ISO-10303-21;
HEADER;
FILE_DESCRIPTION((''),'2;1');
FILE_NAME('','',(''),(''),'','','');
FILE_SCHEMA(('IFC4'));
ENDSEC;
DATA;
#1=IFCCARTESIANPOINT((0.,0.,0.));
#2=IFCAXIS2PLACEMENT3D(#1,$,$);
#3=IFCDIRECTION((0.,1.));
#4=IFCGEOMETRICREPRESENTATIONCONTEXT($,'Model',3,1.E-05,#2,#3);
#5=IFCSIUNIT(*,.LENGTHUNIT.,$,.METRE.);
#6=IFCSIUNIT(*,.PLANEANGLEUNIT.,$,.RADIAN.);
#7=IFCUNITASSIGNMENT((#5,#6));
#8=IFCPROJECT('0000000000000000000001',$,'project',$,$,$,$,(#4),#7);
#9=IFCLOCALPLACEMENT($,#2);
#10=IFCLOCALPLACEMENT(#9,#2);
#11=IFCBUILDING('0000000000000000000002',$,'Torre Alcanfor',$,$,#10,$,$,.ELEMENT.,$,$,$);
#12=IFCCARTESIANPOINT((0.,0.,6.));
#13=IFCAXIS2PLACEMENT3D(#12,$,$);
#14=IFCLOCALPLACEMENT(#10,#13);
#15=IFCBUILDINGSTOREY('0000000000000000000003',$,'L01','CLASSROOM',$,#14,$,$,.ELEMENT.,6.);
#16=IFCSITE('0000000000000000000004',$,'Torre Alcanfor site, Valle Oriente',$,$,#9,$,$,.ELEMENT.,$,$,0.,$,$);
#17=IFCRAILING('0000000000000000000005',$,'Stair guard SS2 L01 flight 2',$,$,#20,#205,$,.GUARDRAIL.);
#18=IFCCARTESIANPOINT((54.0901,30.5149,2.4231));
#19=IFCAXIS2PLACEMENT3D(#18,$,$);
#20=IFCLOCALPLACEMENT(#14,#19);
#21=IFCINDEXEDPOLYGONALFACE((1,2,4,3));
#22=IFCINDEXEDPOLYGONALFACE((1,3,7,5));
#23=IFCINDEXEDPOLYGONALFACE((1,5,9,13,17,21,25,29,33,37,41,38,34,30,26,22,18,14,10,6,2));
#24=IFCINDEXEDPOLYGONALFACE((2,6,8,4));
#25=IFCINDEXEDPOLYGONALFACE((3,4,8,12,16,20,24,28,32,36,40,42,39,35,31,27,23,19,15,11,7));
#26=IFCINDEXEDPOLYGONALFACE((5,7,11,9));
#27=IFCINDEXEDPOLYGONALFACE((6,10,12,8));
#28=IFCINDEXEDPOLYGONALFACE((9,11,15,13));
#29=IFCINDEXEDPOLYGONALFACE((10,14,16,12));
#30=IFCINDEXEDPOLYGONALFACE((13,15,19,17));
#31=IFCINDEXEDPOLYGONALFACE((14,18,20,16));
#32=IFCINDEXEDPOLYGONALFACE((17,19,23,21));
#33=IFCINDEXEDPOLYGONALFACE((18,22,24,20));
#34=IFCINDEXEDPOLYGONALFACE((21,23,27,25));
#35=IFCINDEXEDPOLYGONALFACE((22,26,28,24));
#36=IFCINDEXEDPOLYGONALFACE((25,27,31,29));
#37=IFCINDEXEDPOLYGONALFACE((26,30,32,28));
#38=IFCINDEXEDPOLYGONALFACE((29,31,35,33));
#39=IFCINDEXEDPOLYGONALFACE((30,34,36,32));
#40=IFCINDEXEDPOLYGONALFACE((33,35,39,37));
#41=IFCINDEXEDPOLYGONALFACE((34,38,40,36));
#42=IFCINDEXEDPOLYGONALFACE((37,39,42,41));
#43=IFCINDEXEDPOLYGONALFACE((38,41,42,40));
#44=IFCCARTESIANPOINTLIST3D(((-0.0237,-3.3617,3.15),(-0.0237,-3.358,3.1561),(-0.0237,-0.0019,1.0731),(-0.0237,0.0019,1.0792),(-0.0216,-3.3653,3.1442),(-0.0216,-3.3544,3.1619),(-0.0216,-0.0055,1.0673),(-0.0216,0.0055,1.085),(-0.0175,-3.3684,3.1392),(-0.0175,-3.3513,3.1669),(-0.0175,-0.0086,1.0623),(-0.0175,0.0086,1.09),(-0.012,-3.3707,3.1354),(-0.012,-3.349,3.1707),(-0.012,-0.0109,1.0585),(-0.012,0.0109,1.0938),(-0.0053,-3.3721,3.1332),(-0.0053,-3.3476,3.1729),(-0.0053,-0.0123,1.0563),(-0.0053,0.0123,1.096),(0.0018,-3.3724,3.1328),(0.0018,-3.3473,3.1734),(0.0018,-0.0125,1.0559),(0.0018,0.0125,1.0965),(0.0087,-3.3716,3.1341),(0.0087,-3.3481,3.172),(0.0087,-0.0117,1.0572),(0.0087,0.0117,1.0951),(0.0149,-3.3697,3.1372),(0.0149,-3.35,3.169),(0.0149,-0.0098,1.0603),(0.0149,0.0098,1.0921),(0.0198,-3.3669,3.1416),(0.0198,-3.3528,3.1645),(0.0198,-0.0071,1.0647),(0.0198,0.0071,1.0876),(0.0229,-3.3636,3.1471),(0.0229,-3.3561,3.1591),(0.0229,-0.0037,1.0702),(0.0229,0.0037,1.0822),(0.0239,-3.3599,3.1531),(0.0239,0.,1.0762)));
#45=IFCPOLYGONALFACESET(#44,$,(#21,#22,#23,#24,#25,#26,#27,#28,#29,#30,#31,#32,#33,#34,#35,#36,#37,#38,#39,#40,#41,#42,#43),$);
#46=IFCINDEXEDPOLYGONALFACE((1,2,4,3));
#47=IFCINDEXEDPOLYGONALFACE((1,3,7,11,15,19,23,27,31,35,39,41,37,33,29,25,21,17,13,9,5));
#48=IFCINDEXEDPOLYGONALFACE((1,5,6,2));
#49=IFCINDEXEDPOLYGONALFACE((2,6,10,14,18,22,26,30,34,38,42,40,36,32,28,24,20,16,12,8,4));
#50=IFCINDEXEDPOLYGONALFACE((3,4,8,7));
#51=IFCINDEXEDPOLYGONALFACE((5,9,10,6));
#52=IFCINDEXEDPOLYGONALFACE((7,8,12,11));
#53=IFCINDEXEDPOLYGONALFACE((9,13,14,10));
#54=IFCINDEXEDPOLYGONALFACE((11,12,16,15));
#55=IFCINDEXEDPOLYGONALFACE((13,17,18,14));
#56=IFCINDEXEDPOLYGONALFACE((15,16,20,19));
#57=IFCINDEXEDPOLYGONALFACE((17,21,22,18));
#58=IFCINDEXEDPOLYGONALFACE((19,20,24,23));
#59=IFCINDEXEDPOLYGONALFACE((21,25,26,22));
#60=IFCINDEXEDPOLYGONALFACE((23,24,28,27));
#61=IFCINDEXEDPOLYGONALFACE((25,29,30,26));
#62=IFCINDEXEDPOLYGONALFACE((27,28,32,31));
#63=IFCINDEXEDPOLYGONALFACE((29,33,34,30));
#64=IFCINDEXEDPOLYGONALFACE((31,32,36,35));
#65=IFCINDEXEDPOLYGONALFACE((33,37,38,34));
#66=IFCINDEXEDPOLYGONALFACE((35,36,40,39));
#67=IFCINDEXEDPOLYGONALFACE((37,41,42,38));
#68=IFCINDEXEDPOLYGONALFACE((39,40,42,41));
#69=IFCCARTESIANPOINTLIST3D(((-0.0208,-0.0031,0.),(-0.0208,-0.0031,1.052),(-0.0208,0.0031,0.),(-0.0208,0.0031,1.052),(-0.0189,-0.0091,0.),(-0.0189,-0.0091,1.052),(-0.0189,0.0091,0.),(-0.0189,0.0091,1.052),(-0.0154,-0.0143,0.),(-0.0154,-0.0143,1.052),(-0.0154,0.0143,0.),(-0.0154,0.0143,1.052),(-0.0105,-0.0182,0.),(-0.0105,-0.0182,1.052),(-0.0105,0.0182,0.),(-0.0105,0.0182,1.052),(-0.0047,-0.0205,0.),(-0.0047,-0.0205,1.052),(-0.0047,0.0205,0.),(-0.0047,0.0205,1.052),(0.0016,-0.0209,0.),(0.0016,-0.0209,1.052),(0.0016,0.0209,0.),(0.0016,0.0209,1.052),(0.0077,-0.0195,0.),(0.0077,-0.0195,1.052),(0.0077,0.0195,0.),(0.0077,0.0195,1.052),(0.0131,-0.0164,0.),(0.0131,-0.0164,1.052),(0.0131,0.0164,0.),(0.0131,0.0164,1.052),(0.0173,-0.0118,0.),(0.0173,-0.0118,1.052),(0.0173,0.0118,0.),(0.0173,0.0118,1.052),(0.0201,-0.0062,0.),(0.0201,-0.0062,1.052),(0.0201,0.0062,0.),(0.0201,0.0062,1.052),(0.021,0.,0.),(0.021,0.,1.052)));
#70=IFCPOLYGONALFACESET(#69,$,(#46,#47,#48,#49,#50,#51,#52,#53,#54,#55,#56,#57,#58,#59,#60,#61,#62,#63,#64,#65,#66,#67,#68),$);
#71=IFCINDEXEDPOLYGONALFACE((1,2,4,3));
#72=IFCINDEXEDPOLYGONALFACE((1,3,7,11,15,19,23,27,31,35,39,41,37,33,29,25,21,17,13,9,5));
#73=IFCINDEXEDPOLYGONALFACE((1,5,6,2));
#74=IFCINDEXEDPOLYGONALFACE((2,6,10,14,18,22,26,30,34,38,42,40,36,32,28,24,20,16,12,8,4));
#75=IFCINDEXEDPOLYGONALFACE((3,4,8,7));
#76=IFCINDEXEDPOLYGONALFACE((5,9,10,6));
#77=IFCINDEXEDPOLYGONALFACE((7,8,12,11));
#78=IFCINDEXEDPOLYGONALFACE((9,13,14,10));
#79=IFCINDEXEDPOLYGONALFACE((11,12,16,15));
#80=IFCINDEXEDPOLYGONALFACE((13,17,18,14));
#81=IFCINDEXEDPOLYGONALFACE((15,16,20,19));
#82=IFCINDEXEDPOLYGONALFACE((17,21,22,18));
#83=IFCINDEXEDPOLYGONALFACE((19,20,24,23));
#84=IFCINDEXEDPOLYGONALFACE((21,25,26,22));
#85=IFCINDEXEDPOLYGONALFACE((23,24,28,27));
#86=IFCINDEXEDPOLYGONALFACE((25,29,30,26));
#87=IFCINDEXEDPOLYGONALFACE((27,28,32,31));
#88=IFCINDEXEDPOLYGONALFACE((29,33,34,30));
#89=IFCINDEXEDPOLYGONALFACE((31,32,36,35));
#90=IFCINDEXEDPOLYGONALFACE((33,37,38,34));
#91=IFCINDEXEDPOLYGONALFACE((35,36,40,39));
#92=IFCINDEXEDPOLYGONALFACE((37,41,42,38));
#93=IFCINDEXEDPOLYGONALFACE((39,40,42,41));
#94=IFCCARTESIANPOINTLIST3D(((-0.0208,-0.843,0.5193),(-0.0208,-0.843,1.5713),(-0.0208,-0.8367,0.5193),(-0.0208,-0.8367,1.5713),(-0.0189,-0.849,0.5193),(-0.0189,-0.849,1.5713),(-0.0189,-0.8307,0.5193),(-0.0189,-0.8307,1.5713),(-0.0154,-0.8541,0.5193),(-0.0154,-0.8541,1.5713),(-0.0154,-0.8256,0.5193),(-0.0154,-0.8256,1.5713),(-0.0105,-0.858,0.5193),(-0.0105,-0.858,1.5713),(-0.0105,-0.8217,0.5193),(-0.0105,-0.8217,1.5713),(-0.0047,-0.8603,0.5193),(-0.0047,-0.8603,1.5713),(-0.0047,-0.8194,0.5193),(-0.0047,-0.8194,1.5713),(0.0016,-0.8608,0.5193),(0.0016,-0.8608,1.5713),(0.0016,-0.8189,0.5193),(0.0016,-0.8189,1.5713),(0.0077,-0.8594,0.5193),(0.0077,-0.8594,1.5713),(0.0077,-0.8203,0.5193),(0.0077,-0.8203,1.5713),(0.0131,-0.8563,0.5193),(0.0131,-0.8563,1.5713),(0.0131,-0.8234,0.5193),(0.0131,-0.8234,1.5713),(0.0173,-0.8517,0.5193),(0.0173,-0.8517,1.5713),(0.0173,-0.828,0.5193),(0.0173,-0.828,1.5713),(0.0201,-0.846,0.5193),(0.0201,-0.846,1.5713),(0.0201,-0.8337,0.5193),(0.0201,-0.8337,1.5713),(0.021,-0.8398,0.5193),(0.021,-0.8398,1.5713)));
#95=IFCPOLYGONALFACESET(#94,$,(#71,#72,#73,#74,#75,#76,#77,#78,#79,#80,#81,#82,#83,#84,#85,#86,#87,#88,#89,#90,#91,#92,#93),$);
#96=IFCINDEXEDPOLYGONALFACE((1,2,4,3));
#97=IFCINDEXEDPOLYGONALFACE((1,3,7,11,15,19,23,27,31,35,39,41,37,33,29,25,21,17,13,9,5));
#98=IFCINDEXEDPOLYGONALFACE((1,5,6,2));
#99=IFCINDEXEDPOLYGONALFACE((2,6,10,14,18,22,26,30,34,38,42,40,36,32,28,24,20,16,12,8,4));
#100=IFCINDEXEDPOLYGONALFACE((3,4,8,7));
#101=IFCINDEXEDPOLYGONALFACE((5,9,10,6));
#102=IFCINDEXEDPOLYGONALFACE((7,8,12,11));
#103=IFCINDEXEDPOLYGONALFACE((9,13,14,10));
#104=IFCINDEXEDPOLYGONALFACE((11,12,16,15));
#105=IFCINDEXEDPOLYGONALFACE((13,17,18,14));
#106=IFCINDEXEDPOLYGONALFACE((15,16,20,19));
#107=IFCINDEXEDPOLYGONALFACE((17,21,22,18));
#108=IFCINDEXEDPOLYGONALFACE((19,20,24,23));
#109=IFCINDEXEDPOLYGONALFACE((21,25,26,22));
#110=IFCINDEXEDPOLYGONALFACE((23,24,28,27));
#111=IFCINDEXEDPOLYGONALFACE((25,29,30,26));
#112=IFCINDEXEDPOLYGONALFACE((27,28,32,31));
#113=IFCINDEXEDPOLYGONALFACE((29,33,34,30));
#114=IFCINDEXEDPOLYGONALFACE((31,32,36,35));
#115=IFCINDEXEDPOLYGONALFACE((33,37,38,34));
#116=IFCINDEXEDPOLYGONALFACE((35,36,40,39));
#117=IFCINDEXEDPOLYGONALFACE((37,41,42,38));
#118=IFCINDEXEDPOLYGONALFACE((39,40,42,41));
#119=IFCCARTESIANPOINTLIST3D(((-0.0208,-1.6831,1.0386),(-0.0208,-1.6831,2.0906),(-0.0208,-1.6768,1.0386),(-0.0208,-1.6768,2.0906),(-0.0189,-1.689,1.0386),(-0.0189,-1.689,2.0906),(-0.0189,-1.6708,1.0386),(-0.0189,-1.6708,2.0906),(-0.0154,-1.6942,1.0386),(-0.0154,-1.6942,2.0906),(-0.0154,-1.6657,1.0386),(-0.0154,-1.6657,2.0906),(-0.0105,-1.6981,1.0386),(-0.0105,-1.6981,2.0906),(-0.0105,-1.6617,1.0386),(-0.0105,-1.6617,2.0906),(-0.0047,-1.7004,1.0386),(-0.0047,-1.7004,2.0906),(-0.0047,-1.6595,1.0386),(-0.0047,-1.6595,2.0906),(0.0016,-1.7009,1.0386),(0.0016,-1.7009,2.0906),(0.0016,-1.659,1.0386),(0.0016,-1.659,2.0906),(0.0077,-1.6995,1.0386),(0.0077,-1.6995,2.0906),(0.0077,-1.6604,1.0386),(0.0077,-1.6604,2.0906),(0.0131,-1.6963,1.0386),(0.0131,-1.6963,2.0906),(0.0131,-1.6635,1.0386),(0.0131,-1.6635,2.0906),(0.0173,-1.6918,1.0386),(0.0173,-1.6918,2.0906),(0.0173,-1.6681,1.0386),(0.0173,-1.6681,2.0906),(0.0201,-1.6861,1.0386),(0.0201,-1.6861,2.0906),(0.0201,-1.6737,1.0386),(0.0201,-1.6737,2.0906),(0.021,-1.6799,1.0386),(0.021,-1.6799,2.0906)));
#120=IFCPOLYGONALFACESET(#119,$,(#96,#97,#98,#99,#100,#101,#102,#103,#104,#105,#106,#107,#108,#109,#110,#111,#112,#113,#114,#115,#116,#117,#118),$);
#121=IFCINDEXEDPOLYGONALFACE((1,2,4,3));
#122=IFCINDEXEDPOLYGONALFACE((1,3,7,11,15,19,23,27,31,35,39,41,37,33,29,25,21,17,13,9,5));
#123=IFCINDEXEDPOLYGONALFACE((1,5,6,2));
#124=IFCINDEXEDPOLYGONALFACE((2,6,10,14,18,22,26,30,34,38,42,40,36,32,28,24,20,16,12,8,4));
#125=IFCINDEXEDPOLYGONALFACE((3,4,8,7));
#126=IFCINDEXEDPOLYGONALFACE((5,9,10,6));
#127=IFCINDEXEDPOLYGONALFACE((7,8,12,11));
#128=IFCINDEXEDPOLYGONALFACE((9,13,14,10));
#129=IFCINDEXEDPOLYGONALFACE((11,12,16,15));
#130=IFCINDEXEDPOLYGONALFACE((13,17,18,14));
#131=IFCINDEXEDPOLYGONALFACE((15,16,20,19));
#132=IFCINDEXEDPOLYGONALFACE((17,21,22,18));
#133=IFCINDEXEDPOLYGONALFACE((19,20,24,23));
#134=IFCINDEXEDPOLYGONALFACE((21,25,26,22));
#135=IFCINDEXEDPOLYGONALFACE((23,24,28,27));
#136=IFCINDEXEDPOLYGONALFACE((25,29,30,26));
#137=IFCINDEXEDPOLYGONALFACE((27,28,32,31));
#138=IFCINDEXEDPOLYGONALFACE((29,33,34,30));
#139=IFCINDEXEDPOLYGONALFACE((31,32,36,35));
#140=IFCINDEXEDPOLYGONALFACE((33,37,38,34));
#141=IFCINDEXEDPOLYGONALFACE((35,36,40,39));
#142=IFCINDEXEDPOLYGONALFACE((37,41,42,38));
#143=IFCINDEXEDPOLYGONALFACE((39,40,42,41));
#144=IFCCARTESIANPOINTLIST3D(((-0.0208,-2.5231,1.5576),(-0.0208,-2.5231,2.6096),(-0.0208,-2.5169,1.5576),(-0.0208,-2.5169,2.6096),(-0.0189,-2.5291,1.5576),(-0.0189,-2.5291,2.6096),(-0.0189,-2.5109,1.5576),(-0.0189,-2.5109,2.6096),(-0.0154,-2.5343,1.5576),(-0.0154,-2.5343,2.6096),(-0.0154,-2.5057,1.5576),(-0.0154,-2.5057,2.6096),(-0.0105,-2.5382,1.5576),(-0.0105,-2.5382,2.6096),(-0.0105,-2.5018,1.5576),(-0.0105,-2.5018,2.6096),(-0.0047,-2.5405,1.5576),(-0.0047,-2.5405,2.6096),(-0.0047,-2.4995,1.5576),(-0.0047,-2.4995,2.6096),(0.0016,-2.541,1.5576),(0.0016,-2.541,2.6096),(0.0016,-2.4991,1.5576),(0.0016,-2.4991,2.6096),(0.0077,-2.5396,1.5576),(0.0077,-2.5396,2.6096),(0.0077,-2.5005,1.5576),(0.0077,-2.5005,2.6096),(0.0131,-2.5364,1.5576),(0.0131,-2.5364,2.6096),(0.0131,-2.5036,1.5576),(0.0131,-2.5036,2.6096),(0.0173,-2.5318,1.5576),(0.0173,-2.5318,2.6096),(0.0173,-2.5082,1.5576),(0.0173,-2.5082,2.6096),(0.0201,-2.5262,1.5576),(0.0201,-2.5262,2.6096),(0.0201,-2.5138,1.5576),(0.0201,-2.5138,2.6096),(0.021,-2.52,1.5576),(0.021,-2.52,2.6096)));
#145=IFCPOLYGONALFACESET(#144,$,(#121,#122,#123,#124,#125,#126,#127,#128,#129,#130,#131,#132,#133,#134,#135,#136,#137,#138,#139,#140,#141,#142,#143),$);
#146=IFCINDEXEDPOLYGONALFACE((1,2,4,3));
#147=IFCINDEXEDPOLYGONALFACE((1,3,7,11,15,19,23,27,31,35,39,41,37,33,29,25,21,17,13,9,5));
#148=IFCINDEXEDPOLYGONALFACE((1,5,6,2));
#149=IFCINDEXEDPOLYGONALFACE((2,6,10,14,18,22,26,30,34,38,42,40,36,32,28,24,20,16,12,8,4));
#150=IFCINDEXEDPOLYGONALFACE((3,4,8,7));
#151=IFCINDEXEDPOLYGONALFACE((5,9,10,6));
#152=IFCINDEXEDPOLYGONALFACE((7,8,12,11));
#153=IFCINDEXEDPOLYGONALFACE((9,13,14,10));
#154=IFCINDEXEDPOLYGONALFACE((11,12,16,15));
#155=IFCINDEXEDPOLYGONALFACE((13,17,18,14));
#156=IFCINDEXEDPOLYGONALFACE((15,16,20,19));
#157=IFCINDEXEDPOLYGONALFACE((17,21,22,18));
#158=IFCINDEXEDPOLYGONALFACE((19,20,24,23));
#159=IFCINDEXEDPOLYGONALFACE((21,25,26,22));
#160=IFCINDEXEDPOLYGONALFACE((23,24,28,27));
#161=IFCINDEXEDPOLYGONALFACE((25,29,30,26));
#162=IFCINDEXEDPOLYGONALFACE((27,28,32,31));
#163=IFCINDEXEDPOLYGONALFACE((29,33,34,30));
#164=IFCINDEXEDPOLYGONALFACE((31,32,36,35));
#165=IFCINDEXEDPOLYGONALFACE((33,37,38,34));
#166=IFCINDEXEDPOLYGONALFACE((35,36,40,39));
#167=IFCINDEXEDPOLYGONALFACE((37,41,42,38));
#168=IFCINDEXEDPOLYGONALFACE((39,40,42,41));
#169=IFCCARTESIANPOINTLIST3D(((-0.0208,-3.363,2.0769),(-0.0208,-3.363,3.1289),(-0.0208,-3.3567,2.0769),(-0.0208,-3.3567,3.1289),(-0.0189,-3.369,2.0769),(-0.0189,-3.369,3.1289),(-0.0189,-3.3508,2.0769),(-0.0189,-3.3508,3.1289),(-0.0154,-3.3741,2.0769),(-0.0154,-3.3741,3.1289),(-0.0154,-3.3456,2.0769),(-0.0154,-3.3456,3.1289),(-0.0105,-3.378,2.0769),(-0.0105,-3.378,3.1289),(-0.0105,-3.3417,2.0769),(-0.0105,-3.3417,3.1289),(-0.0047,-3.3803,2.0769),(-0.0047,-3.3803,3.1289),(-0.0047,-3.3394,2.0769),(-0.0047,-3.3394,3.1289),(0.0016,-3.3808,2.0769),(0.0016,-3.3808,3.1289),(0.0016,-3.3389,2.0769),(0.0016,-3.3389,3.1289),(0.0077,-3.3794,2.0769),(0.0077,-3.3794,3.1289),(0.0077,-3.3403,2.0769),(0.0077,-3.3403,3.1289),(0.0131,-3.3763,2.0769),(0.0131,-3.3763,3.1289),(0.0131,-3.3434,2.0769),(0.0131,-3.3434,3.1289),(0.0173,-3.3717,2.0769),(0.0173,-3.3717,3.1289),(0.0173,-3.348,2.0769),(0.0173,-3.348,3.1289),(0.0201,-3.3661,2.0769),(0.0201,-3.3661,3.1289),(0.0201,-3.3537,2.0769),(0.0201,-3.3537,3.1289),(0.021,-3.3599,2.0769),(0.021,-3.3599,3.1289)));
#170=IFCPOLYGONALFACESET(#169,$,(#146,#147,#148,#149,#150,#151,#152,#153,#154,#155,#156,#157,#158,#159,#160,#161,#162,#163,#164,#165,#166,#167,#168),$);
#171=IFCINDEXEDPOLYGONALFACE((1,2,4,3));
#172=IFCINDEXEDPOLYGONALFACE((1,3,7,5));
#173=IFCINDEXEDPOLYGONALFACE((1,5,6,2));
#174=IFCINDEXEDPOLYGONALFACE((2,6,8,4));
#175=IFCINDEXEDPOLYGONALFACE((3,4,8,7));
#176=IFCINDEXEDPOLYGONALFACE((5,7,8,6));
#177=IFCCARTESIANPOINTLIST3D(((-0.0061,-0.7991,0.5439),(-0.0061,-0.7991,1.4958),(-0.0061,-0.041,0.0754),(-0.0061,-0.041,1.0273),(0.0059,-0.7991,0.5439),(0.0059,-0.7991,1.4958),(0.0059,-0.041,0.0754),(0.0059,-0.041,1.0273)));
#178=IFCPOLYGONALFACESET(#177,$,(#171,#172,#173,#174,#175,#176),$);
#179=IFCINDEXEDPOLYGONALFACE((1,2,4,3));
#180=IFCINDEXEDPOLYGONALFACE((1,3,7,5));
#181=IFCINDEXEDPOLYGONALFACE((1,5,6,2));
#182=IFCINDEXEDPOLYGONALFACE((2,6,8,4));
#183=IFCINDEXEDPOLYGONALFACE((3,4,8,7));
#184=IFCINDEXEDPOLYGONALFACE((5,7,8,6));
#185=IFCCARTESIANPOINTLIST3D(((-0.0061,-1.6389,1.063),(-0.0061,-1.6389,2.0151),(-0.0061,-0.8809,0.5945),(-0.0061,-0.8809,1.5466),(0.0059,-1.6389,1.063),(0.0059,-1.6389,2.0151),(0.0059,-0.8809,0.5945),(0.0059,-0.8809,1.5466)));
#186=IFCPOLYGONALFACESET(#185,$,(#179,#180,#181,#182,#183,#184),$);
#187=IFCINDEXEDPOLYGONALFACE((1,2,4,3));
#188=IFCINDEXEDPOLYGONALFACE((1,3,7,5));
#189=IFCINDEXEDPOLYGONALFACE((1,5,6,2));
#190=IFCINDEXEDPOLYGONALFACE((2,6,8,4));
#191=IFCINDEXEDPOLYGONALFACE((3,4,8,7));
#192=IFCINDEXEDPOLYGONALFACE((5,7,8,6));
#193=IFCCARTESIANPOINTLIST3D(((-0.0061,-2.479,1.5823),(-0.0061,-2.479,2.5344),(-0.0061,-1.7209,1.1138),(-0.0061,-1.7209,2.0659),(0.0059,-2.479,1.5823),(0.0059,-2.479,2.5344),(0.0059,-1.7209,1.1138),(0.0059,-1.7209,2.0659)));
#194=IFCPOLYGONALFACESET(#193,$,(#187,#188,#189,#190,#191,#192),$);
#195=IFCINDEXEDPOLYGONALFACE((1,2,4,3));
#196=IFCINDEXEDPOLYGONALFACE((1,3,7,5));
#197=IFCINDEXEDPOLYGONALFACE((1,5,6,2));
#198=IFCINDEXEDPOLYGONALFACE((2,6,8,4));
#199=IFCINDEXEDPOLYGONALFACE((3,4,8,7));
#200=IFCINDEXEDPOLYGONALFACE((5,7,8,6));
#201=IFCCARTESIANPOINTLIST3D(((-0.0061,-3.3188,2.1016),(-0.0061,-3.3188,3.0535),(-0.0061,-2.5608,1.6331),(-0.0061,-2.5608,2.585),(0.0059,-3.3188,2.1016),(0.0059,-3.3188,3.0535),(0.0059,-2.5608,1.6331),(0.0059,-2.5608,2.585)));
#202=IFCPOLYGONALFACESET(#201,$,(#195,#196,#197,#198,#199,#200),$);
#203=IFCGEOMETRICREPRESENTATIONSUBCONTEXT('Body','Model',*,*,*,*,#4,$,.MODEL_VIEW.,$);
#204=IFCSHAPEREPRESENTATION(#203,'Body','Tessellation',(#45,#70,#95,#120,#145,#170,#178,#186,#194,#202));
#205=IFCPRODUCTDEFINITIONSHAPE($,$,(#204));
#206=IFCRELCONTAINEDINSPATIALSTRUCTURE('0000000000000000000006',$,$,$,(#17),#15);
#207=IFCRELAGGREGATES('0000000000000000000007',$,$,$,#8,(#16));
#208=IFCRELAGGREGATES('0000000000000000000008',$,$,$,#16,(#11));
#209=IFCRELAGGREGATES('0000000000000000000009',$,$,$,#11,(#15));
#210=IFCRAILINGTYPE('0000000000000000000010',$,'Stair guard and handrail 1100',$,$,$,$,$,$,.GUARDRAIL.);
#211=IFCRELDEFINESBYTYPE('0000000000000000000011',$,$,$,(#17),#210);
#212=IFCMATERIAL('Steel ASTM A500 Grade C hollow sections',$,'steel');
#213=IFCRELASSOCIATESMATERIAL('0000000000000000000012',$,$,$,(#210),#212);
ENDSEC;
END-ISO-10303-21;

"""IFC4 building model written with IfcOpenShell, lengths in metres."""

from ifc_helpers import new_model, si_unit, direction, frame, origin, origin_2d, place, context, subcontext, project, spatial, polyline, circle, outline, extrude, material, type_object, element, save


model = new_model("IFC4")

# Units and contexts
model_context = context("Model", 3, precision=1e-05, world=origin(), true_north=direction((0.0, 1.0)))
body_context = subcontext(model_context, "Body", "Model", "MODEL_VIEW")
ifc_project = project(units=[si_unit("LENGTHUNIT", "METRE"), si_unit("PLANEANGLEUNIT", "RADIAN")], contexts=[model_context])

# Site, building, storey
site_placement = place(None, origin())
site = spatial("IfcSite", under=ifc_project, at=site_placement, Name="Torre Alcanfor site, Valle Oriente", CompositionType="ELEMENT", RefElevation=0.0)
building_placement = place(site_placement, origin())
building = spatial("IfcBuilding", under=site, at=building_placement, Name="Torre Alcanfor", CompositionType="ELEMENT")
storey_placement = place(building_placement, frame((0.0, 0.0, 6.0)))
storey = spatial("IfcBuildingStorey", under=building, at=storey_placement, Name="L01", Description="CLASSROOM", CompositionType="ELEMENT", Elevation=6.0)

# Railing
ifc_material_1 = material(Name="Steel ASTM A500 Grade C hollow sections", Category="steel")
railing_type_1 = type_object("IfcRailingType", Name="Stair guard and handrail 1100", PredefinedType="GUARDRAIL", material=ifc_material_1)
railing_1_placement = place(storey_placement, frame((54.0901, 30.5149, 2.4231)))
element("IfcRailing", 1, at=railing_1_placement, inside=storey, type_object=railing_type_1, Name="Stair guard SS2 L01 flight 2", PredefinedType="GUARDRAIL", context=body_context, shape_type="SweptSolid", body=[
    extrude(circle(Radius=0.0239, at=origin_2d()), frame((0.0, 0.0, 1.0762), z_axis=(0.0, -0.850606, 0.525803), x_axis=(1.0, 0.0, 0.0)), (0.0, 0.0, 1.0), 3.95),
    extrude(circle(Radius=0.021, at=origin_2d()), origin(), (0.0, 0.0, 1.0), 1.052),
    extrude(circle(Radius=0.021, at=origin_2d()), frame((0.0, -0.8398, 0.5193)), (0.0, 0.0, 1.0), 1.052),
    extrude(circle(Radius=0.021, at=origin_2d()), frame((0.0, -1.6799, 1.0386)), (0.0, 0.0, 1.0), 1.052),
    extrude(circle(Radius=0.021, at=origin_2d()), frame((0.0, -2.52, 1.5576)), (0.0, 0.0, 1.0), 1.052),
    extrude(circle(Radius=0.021, at=origin_2d()), frame((0.0, -3.3599, 2.0769)), (0.0, 0.0, 1.0), 1.052),
    extrude(outline(polyline([(0.041, 0.0754), (0.7991, 0.5439), (0.7991, 1.4958), (0.041, 1.0273), (0.041, 0.0754)])), frame((0.0059, 0.0, 0.0), z_axis=(-1.0, 0.0, 0.0), x_axis=(0.0, -1.0, 0.0)), (0.0, 0.0, 1.0), 0.012),
    extrude(outline(polyline([(0.8809, 0.5945), (1.6389, 1.063), (1.6389, 2.0151), (0.8809, 1.5466), (0.8809, 0.5945)])), frame((0.0059, 0.0, 0.0), z_axis=(-1.0, 0.0, 0.0), x_axis=(0.0, -1.0, 0.0)), (0.0, 0.0, 1.0), 0.012),
    extrude(outline(polyline([(1.7209, 1.1138), (2.479, 1.5823), (2.479, 2.5344), (1.7209, 2.0659), (1.7209, 1.1138)])), frame((0.0059, 0.0, 0.0), z_axis=(-1.0, 0.0, 0.0), x_axis=(0.0, -1.0, 0.0)), (0.0, 0.0, 1.0), 0.012),
    extrude(outline(polyline([(2.5608, 1.6331), (3.3188, 2.1016), (3.3188, 3.0535), (2.5608, 2.585), (2.5608, 1.6331)])), frame((0.0059, 0.0, 0.0), z_axis=(-1.0, 0.0, 0.0), x_axis=(0.0, -1.0, 0.0)), (0.0, 0.0, 1.0), 0.012),
])

save(model, "model.ifc")
